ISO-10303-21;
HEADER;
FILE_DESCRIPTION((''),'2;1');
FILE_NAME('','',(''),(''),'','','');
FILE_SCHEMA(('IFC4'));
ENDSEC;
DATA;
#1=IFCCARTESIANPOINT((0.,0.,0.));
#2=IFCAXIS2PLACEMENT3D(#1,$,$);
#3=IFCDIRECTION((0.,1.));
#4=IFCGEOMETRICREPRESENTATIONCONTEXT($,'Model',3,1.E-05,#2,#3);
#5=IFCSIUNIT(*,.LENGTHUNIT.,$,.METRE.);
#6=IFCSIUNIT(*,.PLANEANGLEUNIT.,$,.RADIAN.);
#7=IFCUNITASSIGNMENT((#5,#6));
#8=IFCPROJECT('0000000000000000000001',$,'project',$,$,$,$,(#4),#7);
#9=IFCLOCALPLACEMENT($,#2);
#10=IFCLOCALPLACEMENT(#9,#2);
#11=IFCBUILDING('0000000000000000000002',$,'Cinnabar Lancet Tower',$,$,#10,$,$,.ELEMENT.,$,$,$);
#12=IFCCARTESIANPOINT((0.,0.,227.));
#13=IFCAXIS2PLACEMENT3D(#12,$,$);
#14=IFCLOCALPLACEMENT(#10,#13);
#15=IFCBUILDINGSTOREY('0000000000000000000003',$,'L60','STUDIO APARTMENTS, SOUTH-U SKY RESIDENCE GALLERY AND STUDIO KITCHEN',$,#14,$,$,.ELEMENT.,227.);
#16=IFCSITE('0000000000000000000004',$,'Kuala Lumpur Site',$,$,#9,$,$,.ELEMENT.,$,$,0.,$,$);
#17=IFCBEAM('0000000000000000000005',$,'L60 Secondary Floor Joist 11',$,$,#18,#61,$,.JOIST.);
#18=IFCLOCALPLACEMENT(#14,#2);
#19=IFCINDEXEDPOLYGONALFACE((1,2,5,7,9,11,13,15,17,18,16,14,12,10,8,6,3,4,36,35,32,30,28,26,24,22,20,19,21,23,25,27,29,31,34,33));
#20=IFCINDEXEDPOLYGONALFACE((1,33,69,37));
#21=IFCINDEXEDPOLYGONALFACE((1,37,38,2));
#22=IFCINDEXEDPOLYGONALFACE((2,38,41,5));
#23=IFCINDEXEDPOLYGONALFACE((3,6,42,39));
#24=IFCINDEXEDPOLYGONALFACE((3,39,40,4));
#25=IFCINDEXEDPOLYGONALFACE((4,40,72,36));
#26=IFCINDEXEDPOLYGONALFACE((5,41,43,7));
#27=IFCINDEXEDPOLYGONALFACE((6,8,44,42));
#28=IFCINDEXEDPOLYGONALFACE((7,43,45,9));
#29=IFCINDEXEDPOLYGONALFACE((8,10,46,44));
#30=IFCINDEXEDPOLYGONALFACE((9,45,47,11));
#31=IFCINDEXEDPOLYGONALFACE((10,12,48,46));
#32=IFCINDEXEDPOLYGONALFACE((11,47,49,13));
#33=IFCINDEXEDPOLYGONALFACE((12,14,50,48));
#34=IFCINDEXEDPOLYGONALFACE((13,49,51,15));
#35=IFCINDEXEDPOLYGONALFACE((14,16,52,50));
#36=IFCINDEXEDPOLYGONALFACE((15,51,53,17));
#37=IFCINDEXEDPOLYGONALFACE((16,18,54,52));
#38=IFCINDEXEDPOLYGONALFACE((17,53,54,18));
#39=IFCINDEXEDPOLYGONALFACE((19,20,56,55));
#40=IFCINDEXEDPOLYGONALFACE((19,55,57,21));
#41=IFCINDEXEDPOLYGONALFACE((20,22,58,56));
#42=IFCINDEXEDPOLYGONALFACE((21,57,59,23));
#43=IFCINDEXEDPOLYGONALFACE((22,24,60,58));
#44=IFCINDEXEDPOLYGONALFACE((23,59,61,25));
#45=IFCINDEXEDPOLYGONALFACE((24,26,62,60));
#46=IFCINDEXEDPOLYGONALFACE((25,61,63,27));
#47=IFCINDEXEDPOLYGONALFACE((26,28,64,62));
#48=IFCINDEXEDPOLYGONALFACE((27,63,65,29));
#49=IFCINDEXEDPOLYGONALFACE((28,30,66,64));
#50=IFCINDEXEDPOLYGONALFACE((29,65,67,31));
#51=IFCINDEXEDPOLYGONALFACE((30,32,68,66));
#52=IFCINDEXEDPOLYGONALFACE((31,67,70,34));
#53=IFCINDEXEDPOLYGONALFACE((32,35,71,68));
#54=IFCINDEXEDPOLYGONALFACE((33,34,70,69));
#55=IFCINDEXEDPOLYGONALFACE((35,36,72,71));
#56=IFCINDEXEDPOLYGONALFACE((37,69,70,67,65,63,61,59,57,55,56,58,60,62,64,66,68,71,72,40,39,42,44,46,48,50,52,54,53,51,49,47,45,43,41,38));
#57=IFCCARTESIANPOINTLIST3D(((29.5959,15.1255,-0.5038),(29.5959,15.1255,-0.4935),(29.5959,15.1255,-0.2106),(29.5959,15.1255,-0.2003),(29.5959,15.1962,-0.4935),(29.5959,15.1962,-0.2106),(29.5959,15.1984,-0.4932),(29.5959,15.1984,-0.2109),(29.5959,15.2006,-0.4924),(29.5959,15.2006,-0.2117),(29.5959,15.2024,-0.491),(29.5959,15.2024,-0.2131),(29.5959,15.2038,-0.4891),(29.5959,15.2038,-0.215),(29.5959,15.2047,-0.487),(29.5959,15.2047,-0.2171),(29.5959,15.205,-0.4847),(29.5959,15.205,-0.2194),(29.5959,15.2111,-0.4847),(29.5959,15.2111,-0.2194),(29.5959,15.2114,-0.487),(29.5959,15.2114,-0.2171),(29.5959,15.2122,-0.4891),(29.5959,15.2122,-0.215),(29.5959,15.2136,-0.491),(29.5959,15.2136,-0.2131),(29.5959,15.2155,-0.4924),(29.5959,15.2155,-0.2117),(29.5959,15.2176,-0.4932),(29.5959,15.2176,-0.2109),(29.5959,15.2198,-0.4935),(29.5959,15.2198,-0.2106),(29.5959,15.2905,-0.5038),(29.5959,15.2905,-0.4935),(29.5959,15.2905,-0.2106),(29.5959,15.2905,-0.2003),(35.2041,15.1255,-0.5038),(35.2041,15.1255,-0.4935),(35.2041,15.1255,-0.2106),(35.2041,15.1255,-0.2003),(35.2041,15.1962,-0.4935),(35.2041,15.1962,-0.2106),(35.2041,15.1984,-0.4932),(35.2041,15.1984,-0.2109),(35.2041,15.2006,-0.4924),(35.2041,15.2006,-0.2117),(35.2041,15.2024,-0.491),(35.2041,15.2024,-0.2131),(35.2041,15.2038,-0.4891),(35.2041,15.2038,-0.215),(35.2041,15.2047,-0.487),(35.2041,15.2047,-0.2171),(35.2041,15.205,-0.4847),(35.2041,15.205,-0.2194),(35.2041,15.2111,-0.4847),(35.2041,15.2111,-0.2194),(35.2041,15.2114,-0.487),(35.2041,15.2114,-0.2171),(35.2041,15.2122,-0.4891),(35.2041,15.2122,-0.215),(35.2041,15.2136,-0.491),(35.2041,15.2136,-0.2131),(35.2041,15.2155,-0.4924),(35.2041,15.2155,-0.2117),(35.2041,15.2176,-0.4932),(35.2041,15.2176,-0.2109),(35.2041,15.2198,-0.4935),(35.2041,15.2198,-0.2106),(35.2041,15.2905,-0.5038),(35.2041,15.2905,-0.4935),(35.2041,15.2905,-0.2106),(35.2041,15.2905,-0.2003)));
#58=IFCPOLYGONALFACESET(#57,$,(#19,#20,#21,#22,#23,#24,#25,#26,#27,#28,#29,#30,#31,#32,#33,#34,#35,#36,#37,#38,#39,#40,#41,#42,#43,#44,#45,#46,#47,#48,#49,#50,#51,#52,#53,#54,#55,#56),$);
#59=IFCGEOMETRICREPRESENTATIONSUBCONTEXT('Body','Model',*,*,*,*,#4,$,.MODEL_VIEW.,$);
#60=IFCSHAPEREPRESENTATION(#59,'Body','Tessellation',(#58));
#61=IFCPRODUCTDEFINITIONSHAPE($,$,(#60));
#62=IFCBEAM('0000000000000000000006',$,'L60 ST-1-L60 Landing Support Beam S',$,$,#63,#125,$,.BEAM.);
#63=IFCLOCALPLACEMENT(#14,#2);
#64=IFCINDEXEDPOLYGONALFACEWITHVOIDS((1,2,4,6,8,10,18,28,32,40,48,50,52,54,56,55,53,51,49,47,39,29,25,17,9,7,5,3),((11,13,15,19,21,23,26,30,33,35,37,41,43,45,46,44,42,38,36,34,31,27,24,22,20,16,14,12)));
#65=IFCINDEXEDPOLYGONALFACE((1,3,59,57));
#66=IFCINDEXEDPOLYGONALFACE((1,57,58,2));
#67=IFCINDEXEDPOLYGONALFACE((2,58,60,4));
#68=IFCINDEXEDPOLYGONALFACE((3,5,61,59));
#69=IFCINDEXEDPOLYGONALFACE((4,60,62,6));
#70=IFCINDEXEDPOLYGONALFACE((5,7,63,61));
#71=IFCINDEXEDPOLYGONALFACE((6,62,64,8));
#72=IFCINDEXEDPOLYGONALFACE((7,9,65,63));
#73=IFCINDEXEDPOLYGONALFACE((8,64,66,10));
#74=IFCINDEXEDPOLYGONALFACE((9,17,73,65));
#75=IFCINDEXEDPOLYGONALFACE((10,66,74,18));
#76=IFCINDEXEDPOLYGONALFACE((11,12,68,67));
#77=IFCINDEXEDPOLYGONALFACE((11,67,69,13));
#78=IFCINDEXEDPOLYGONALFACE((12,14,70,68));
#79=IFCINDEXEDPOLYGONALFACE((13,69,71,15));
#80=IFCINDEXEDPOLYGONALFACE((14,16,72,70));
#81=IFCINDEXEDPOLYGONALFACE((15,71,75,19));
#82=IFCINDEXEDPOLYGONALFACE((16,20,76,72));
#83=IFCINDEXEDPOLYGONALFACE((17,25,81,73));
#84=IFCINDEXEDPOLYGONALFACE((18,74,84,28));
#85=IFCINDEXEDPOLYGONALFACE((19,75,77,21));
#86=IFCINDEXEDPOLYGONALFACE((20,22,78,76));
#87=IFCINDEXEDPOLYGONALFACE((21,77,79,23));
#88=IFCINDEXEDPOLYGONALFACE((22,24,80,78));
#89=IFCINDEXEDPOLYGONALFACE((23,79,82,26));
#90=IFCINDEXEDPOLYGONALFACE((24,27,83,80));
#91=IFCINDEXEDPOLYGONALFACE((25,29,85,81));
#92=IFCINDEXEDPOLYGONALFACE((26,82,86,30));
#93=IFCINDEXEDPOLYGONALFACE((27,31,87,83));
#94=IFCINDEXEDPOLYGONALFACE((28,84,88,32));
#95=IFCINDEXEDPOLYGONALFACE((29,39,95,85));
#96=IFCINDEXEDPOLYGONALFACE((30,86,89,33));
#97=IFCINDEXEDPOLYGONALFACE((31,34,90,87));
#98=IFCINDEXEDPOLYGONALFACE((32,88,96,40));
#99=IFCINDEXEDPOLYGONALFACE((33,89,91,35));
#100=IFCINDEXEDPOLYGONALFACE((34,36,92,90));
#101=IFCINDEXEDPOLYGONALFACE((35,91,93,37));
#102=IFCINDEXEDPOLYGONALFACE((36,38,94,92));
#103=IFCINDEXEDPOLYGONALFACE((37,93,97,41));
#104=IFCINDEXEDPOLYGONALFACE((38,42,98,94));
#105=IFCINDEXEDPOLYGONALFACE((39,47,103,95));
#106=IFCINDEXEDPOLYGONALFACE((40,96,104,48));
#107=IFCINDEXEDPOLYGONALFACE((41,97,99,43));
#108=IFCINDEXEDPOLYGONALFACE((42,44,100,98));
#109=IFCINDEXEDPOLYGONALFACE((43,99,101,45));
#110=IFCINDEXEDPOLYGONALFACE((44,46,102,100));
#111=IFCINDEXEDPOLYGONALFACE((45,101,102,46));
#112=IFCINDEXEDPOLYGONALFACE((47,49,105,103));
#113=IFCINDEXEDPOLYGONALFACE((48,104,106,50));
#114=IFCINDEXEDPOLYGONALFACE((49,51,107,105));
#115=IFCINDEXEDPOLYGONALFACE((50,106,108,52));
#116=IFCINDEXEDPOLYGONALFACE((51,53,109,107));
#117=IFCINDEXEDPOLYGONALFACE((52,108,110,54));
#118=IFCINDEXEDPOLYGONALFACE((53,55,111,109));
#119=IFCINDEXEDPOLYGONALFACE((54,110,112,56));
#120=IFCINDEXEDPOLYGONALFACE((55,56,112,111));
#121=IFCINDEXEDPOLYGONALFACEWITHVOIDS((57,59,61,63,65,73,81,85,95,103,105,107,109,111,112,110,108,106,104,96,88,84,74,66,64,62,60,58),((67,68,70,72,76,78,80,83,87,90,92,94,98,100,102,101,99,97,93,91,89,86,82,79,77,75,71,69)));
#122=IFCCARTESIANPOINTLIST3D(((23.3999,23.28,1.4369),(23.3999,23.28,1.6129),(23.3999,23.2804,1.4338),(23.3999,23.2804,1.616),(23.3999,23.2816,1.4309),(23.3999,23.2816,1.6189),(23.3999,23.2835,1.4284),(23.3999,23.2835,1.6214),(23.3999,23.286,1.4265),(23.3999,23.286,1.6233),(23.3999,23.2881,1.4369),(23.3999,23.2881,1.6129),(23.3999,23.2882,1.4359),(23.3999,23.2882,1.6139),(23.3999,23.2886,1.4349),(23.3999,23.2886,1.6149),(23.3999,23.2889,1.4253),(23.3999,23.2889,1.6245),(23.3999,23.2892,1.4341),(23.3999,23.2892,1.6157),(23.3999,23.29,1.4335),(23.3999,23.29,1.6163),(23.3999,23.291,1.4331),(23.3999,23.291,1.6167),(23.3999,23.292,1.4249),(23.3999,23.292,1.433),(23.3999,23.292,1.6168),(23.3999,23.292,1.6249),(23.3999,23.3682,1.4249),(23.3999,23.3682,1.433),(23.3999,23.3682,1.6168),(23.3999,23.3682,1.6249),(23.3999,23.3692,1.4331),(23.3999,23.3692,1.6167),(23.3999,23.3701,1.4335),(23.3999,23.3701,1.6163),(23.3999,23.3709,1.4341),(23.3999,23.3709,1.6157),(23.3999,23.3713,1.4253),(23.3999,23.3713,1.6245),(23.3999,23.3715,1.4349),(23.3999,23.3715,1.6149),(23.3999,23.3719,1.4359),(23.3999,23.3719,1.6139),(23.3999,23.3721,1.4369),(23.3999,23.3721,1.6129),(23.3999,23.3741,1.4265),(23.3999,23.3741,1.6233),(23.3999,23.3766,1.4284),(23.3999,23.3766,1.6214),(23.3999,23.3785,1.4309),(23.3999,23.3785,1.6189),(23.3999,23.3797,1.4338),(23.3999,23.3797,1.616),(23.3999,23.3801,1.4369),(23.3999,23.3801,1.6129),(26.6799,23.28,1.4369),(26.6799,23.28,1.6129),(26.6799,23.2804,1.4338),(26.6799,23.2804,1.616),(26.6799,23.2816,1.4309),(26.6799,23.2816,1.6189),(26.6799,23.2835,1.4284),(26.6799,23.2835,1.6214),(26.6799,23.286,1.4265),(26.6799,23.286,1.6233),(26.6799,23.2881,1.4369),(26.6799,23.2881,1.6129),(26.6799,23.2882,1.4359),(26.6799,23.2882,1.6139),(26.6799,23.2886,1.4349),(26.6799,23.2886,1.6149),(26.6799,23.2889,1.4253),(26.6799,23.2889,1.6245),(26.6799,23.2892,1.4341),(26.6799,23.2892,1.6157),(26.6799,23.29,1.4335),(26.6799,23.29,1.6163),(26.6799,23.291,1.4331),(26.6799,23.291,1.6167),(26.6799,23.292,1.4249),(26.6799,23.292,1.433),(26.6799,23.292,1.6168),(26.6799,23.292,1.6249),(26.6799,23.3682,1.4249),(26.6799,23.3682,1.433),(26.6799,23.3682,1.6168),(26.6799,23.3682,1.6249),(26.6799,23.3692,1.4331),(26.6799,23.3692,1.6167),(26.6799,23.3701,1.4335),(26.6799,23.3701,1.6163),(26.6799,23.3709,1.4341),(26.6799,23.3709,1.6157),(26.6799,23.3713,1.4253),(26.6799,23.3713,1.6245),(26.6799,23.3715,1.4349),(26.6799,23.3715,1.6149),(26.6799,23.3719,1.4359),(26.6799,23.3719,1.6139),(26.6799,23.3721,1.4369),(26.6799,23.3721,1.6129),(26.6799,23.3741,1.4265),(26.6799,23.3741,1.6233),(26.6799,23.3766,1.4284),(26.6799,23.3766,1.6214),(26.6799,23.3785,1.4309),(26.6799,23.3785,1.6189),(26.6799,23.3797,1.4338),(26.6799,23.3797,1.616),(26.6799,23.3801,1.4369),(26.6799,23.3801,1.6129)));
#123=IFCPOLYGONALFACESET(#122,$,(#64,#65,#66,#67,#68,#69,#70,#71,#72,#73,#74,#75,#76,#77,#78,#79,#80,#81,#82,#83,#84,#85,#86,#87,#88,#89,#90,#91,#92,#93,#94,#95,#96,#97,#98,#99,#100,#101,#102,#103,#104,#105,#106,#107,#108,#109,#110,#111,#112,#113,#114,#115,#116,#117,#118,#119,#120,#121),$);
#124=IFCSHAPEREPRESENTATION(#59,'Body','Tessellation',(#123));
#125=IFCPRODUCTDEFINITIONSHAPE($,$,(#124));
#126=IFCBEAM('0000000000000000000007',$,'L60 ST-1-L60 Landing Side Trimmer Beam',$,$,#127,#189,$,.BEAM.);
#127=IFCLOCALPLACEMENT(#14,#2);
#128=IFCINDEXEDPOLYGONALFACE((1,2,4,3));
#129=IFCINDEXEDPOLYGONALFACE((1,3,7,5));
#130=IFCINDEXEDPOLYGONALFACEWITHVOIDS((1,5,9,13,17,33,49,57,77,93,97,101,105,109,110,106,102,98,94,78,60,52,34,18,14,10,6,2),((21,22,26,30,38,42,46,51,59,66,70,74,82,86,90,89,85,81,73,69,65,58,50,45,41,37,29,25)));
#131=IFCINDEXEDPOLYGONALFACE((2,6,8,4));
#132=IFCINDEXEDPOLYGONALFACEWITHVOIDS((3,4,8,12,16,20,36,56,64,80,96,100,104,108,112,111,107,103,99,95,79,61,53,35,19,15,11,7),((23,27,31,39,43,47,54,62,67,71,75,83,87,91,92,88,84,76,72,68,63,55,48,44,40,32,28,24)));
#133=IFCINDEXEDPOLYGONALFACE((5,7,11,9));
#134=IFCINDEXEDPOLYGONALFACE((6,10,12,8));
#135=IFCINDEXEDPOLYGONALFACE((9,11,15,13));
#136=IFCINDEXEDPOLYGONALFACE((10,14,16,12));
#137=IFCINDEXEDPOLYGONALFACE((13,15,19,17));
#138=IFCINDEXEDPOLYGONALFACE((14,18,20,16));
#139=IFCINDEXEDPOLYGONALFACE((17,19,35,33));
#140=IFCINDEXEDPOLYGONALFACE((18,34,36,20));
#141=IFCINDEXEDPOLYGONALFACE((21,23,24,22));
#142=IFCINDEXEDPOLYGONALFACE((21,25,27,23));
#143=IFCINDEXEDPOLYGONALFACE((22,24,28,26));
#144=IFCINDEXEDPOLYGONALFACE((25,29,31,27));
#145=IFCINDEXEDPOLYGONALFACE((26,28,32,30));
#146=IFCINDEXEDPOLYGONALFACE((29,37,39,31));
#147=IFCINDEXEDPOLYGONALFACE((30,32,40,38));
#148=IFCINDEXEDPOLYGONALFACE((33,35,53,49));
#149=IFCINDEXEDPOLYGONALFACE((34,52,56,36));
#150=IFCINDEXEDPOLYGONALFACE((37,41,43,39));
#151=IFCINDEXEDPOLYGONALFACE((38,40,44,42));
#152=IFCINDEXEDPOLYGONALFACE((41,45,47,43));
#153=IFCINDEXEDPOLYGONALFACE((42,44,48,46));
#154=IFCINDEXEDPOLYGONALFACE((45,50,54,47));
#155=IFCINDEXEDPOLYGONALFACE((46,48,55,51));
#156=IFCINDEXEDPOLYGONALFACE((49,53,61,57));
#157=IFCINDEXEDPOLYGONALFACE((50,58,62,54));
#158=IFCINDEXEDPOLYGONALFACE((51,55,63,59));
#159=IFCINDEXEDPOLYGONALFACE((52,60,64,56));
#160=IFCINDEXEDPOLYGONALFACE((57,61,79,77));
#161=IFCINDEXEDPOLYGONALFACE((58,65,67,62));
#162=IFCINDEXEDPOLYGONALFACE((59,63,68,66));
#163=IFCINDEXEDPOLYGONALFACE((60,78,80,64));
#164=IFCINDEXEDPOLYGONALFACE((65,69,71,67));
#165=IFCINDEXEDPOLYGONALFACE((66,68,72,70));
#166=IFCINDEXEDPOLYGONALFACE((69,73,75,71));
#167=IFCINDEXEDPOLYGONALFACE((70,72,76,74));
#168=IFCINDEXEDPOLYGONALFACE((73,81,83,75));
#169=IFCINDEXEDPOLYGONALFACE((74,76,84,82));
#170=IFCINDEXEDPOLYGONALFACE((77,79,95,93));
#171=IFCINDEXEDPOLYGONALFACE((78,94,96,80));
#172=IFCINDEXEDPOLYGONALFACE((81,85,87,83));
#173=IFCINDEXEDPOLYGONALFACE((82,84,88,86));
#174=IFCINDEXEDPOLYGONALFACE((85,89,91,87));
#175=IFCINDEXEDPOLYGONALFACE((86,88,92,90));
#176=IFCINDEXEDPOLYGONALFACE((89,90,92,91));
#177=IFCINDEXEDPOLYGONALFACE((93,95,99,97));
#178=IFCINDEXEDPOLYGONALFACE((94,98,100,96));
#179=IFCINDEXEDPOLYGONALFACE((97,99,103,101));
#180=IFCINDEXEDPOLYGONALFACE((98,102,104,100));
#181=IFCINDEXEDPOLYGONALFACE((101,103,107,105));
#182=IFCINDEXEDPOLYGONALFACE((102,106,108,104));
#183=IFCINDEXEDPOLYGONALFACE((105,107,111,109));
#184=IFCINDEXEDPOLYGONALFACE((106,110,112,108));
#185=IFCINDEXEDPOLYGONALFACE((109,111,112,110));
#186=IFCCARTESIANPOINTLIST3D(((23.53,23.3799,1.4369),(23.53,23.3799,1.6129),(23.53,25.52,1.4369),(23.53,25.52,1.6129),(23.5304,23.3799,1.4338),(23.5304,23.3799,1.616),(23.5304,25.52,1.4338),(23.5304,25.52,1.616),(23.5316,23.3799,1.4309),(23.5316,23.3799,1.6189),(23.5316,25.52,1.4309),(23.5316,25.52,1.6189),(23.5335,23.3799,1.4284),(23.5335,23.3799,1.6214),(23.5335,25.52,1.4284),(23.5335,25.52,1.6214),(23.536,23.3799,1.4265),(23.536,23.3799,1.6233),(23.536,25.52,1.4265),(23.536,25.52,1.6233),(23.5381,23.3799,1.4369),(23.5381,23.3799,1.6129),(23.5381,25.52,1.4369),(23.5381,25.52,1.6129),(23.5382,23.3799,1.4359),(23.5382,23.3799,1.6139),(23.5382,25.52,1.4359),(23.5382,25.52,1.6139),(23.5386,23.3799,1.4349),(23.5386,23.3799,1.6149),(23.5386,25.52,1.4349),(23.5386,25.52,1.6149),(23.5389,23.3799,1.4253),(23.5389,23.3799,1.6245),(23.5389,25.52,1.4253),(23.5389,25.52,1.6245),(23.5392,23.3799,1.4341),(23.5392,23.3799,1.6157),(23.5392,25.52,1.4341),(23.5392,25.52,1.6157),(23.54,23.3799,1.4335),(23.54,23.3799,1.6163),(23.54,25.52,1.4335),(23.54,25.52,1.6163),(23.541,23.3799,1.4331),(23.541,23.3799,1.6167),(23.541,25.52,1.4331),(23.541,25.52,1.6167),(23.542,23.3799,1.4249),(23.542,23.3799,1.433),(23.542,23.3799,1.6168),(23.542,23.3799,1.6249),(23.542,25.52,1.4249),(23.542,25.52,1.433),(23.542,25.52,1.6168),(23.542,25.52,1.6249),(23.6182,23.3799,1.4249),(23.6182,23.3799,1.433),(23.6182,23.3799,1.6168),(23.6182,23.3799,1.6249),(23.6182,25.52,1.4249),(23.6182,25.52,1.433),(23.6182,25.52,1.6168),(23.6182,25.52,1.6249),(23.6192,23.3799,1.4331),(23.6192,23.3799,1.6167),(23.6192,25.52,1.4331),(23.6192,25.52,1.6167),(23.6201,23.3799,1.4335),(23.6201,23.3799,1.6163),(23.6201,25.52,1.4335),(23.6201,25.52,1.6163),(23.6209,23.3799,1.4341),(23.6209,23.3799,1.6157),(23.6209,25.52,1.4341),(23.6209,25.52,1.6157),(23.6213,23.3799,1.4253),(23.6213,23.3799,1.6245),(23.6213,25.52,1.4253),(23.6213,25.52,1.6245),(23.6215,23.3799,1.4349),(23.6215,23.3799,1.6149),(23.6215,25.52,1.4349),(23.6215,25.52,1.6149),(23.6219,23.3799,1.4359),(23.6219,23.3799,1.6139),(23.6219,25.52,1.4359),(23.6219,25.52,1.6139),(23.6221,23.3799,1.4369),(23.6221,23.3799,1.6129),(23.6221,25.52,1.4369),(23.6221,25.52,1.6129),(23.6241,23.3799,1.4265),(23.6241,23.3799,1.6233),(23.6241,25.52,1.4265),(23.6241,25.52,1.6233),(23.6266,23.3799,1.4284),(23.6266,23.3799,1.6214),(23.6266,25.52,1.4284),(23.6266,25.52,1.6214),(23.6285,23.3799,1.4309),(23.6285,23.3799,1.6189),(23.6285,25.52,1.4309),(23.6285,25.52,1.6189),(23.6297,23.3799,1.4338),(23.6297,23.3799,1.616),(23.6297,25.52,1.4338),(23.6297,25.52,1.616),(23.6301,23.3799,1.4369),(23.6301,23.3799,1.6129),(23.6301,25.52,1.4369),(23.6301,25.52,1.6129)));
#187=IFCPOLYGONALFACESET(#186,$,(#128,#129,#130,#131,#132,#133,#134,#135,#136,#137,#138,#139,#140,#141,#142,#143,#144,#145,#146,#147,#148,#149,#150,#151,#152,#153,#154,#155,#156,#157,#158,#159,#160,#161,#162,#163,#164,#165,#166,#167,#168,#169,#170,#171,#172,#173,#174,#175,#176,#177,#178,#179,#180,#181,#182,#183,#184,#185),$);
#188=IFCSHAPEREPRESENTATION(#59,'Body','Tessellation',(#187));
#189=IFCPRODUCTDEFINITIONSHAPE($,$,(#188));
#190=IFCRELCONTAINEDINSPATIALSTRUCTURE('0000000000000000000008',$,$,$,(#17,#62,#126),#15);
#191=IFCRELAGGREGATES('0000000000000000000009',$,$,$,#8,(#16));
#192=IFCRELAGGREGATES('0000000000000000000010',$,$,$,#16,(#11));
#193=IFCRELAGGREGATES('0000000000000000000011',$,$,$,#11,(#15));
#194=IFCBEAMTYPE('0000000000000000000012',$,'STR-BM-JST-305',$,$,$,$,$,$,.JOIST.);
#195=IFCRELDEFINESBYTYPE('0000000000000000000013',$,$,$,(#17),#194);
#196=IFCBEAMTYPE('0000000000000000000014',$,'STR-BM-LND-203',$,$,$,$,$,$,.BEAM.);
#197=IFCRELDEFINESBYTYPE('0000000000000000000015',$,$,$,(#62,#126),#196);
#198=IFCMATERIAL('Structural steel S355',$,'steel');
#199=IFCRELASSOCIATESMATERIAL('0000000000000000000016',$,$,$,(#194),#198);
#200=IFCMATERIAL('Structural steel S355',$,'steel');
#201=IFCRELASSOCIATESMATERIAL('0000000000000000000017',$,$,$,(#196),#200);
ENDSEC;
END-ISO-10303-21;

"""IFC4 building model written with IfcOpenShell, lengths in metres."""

from ifc_helpers import new_model, si_unit, direction, frame, origin, origin_2d, place, context, subcontext, project, spatial, hollow_rectangle, i_section, extrude, material, material_profile, profile_set, type_object, element, save


model = new_model("IFC4")

# Units and contexts
model_context = context("Model", 3, precision=1e-05, world=origin(), true_north=direction((0.0, 1.0)))
body_context = subcontext(model_context, "Body", "Model", "MODEL_VIEW")
ifc_project = project(units=[si_unit("LENGTHUNIT", "METRE"), si_unit("PLANEANGLEUNIT", "RADIAN")], contexts=[model_context])

# Site, building, storey
site_placement = place(None, origin())
site = spatial("IfcSite", under=ifc_project, at=site_placement, Name="Kuala Lumpur Site", CompositionType="ELEMENT", RefElevation=0.0)
building_placement = place(site_placement, origin())
building = spatial("IfcBuilding", under=site, at=building_placement, Name="Cinnabar Lancet Tower", CompositionType="ELEMENT")
storey_placement = place(building_placement, frame((0.0, 0.0, 227.0)))
storey = spatial("IfcBuildingStorey", under=building, at=storey_placement, Name="L60", Description="STUDIO APARTMENTS, SOUTH-U SKY RESIDENCE GALLERY AND STUDIO KITCHEN", CompositionType="ELEMENT", Elevation=227.0)

# Beams
ifc_material_1 = material(Name="Structural steel S355", Category="steel")
ifc_material_profile_1 = material_profile(ifc_material_1, i_section(OverallWidth=0.165, OverallDepth=0.3035, WebThickness=0.0061, FlangeThickness=0.0103, FilletRadius=0.0088, at=origin_2d()), Name="UKB 305x165x40")
ifc_profile_set_1 = profile_set([ifc_material_profile_1], Name="Structural steel S355")
beam_type_1 = type_object("IfcBeamType", Name="STR-BM-JST-305", PredefinedType="JOIST", material=ifc_profile_set_1)
beam_1_placement = place(storey_placement, frame((29.5959, 15.208, -0.3521), z_axis=(1.0, 0.0, 0.0), x_axis=(0.0, 1.0, 0.0)))
element("IfcBeam", 1, at=beam_1_placement, inside=storey, type_object=beam_type_1, Name="L60 Secondary Floor Joist 11", PredefinedType="JOIST", context=body_context, shape_type="SweptSolid", body=[
    extrude(i_section(OverallWidth=0.165, OverallDepth=0.3035, WebThickness=0.0061, FlangeThickness=0.0103, FilletRadius=0.0088, at=origin_2d()), origin(), (0.0, 0.0, 1.0), 5.6082),
])
ifc_material_2 = material(Name="Structural steel S355", Category="steel")
ifc_material_profile_2 = material_profile(ifc_material_2, hollow_rectangle(XDim=0.1001, YDim=0.2, WallThickness=0.0081, InnerFilletRadius=0.0039, OuterFilletRadius=0.012, at=origin_2d()), Name="RHS 200x100x8")
ifc_profile_set_2 = profile_set([ifc_material_profile_2], Name="Structural steel S355")
beam_type_2 = type_object("IfcBeamType", Name="STR-BM-LND-203", PredefinedType="BEAM", material=ifc_profile_set_2)
beam_2_placement = place(storey_placement, frame((23.3999, 23.3301, 1.5249), z_axis=(1.0, 0.0, 0.0), x_axis=(0.0, 1.0, 0.0)))
element("IfcBeam", 2, at=beam_2_placement, inside=storey, type_object=beam_type_2, Name="L60 ST-1-L60 Landing Support Beam S", PredefinedType="BEAM", context=body_context, shape_type="SweptSolid", body=[
    extrude(hollow_rectangle(XDim=0.1001, YDim=0.2, WallThickness=0.0081, InnerFilletRadius=0.0039, OuterFilletRadius=0.012, at=origin_2d()), origin(), (0.0, 0.0, 1.0), 3.28),
])
beam_3_placement = place(storey_placement, frame((23.5801, 23.3799, 1.5249), z_axis=(0.0, 1.0, 0.0), x_axis=(-1.0, 0.0, 0.0)))
element("IfcBeam", 3, at=beam_3_placement, inside=storey, type_object=beam_type_2, Name="L60 ST-1-L60 Landing Side Trimmer Beam", PredefinedType="BEAM", context=body_context, shape_type="SweptSolid", body=[
    extrude(hollow_rectangle(XDim=0.1001, YDim=0.2, WallThickness=0.0081, InnerFilletRadius=0.0039, OuterFilletRadius=0.012, at=origin_2d()), origin(), (0.0, 0.0, 1.0), 2.1401),
])

save(model, "model.ifc")
